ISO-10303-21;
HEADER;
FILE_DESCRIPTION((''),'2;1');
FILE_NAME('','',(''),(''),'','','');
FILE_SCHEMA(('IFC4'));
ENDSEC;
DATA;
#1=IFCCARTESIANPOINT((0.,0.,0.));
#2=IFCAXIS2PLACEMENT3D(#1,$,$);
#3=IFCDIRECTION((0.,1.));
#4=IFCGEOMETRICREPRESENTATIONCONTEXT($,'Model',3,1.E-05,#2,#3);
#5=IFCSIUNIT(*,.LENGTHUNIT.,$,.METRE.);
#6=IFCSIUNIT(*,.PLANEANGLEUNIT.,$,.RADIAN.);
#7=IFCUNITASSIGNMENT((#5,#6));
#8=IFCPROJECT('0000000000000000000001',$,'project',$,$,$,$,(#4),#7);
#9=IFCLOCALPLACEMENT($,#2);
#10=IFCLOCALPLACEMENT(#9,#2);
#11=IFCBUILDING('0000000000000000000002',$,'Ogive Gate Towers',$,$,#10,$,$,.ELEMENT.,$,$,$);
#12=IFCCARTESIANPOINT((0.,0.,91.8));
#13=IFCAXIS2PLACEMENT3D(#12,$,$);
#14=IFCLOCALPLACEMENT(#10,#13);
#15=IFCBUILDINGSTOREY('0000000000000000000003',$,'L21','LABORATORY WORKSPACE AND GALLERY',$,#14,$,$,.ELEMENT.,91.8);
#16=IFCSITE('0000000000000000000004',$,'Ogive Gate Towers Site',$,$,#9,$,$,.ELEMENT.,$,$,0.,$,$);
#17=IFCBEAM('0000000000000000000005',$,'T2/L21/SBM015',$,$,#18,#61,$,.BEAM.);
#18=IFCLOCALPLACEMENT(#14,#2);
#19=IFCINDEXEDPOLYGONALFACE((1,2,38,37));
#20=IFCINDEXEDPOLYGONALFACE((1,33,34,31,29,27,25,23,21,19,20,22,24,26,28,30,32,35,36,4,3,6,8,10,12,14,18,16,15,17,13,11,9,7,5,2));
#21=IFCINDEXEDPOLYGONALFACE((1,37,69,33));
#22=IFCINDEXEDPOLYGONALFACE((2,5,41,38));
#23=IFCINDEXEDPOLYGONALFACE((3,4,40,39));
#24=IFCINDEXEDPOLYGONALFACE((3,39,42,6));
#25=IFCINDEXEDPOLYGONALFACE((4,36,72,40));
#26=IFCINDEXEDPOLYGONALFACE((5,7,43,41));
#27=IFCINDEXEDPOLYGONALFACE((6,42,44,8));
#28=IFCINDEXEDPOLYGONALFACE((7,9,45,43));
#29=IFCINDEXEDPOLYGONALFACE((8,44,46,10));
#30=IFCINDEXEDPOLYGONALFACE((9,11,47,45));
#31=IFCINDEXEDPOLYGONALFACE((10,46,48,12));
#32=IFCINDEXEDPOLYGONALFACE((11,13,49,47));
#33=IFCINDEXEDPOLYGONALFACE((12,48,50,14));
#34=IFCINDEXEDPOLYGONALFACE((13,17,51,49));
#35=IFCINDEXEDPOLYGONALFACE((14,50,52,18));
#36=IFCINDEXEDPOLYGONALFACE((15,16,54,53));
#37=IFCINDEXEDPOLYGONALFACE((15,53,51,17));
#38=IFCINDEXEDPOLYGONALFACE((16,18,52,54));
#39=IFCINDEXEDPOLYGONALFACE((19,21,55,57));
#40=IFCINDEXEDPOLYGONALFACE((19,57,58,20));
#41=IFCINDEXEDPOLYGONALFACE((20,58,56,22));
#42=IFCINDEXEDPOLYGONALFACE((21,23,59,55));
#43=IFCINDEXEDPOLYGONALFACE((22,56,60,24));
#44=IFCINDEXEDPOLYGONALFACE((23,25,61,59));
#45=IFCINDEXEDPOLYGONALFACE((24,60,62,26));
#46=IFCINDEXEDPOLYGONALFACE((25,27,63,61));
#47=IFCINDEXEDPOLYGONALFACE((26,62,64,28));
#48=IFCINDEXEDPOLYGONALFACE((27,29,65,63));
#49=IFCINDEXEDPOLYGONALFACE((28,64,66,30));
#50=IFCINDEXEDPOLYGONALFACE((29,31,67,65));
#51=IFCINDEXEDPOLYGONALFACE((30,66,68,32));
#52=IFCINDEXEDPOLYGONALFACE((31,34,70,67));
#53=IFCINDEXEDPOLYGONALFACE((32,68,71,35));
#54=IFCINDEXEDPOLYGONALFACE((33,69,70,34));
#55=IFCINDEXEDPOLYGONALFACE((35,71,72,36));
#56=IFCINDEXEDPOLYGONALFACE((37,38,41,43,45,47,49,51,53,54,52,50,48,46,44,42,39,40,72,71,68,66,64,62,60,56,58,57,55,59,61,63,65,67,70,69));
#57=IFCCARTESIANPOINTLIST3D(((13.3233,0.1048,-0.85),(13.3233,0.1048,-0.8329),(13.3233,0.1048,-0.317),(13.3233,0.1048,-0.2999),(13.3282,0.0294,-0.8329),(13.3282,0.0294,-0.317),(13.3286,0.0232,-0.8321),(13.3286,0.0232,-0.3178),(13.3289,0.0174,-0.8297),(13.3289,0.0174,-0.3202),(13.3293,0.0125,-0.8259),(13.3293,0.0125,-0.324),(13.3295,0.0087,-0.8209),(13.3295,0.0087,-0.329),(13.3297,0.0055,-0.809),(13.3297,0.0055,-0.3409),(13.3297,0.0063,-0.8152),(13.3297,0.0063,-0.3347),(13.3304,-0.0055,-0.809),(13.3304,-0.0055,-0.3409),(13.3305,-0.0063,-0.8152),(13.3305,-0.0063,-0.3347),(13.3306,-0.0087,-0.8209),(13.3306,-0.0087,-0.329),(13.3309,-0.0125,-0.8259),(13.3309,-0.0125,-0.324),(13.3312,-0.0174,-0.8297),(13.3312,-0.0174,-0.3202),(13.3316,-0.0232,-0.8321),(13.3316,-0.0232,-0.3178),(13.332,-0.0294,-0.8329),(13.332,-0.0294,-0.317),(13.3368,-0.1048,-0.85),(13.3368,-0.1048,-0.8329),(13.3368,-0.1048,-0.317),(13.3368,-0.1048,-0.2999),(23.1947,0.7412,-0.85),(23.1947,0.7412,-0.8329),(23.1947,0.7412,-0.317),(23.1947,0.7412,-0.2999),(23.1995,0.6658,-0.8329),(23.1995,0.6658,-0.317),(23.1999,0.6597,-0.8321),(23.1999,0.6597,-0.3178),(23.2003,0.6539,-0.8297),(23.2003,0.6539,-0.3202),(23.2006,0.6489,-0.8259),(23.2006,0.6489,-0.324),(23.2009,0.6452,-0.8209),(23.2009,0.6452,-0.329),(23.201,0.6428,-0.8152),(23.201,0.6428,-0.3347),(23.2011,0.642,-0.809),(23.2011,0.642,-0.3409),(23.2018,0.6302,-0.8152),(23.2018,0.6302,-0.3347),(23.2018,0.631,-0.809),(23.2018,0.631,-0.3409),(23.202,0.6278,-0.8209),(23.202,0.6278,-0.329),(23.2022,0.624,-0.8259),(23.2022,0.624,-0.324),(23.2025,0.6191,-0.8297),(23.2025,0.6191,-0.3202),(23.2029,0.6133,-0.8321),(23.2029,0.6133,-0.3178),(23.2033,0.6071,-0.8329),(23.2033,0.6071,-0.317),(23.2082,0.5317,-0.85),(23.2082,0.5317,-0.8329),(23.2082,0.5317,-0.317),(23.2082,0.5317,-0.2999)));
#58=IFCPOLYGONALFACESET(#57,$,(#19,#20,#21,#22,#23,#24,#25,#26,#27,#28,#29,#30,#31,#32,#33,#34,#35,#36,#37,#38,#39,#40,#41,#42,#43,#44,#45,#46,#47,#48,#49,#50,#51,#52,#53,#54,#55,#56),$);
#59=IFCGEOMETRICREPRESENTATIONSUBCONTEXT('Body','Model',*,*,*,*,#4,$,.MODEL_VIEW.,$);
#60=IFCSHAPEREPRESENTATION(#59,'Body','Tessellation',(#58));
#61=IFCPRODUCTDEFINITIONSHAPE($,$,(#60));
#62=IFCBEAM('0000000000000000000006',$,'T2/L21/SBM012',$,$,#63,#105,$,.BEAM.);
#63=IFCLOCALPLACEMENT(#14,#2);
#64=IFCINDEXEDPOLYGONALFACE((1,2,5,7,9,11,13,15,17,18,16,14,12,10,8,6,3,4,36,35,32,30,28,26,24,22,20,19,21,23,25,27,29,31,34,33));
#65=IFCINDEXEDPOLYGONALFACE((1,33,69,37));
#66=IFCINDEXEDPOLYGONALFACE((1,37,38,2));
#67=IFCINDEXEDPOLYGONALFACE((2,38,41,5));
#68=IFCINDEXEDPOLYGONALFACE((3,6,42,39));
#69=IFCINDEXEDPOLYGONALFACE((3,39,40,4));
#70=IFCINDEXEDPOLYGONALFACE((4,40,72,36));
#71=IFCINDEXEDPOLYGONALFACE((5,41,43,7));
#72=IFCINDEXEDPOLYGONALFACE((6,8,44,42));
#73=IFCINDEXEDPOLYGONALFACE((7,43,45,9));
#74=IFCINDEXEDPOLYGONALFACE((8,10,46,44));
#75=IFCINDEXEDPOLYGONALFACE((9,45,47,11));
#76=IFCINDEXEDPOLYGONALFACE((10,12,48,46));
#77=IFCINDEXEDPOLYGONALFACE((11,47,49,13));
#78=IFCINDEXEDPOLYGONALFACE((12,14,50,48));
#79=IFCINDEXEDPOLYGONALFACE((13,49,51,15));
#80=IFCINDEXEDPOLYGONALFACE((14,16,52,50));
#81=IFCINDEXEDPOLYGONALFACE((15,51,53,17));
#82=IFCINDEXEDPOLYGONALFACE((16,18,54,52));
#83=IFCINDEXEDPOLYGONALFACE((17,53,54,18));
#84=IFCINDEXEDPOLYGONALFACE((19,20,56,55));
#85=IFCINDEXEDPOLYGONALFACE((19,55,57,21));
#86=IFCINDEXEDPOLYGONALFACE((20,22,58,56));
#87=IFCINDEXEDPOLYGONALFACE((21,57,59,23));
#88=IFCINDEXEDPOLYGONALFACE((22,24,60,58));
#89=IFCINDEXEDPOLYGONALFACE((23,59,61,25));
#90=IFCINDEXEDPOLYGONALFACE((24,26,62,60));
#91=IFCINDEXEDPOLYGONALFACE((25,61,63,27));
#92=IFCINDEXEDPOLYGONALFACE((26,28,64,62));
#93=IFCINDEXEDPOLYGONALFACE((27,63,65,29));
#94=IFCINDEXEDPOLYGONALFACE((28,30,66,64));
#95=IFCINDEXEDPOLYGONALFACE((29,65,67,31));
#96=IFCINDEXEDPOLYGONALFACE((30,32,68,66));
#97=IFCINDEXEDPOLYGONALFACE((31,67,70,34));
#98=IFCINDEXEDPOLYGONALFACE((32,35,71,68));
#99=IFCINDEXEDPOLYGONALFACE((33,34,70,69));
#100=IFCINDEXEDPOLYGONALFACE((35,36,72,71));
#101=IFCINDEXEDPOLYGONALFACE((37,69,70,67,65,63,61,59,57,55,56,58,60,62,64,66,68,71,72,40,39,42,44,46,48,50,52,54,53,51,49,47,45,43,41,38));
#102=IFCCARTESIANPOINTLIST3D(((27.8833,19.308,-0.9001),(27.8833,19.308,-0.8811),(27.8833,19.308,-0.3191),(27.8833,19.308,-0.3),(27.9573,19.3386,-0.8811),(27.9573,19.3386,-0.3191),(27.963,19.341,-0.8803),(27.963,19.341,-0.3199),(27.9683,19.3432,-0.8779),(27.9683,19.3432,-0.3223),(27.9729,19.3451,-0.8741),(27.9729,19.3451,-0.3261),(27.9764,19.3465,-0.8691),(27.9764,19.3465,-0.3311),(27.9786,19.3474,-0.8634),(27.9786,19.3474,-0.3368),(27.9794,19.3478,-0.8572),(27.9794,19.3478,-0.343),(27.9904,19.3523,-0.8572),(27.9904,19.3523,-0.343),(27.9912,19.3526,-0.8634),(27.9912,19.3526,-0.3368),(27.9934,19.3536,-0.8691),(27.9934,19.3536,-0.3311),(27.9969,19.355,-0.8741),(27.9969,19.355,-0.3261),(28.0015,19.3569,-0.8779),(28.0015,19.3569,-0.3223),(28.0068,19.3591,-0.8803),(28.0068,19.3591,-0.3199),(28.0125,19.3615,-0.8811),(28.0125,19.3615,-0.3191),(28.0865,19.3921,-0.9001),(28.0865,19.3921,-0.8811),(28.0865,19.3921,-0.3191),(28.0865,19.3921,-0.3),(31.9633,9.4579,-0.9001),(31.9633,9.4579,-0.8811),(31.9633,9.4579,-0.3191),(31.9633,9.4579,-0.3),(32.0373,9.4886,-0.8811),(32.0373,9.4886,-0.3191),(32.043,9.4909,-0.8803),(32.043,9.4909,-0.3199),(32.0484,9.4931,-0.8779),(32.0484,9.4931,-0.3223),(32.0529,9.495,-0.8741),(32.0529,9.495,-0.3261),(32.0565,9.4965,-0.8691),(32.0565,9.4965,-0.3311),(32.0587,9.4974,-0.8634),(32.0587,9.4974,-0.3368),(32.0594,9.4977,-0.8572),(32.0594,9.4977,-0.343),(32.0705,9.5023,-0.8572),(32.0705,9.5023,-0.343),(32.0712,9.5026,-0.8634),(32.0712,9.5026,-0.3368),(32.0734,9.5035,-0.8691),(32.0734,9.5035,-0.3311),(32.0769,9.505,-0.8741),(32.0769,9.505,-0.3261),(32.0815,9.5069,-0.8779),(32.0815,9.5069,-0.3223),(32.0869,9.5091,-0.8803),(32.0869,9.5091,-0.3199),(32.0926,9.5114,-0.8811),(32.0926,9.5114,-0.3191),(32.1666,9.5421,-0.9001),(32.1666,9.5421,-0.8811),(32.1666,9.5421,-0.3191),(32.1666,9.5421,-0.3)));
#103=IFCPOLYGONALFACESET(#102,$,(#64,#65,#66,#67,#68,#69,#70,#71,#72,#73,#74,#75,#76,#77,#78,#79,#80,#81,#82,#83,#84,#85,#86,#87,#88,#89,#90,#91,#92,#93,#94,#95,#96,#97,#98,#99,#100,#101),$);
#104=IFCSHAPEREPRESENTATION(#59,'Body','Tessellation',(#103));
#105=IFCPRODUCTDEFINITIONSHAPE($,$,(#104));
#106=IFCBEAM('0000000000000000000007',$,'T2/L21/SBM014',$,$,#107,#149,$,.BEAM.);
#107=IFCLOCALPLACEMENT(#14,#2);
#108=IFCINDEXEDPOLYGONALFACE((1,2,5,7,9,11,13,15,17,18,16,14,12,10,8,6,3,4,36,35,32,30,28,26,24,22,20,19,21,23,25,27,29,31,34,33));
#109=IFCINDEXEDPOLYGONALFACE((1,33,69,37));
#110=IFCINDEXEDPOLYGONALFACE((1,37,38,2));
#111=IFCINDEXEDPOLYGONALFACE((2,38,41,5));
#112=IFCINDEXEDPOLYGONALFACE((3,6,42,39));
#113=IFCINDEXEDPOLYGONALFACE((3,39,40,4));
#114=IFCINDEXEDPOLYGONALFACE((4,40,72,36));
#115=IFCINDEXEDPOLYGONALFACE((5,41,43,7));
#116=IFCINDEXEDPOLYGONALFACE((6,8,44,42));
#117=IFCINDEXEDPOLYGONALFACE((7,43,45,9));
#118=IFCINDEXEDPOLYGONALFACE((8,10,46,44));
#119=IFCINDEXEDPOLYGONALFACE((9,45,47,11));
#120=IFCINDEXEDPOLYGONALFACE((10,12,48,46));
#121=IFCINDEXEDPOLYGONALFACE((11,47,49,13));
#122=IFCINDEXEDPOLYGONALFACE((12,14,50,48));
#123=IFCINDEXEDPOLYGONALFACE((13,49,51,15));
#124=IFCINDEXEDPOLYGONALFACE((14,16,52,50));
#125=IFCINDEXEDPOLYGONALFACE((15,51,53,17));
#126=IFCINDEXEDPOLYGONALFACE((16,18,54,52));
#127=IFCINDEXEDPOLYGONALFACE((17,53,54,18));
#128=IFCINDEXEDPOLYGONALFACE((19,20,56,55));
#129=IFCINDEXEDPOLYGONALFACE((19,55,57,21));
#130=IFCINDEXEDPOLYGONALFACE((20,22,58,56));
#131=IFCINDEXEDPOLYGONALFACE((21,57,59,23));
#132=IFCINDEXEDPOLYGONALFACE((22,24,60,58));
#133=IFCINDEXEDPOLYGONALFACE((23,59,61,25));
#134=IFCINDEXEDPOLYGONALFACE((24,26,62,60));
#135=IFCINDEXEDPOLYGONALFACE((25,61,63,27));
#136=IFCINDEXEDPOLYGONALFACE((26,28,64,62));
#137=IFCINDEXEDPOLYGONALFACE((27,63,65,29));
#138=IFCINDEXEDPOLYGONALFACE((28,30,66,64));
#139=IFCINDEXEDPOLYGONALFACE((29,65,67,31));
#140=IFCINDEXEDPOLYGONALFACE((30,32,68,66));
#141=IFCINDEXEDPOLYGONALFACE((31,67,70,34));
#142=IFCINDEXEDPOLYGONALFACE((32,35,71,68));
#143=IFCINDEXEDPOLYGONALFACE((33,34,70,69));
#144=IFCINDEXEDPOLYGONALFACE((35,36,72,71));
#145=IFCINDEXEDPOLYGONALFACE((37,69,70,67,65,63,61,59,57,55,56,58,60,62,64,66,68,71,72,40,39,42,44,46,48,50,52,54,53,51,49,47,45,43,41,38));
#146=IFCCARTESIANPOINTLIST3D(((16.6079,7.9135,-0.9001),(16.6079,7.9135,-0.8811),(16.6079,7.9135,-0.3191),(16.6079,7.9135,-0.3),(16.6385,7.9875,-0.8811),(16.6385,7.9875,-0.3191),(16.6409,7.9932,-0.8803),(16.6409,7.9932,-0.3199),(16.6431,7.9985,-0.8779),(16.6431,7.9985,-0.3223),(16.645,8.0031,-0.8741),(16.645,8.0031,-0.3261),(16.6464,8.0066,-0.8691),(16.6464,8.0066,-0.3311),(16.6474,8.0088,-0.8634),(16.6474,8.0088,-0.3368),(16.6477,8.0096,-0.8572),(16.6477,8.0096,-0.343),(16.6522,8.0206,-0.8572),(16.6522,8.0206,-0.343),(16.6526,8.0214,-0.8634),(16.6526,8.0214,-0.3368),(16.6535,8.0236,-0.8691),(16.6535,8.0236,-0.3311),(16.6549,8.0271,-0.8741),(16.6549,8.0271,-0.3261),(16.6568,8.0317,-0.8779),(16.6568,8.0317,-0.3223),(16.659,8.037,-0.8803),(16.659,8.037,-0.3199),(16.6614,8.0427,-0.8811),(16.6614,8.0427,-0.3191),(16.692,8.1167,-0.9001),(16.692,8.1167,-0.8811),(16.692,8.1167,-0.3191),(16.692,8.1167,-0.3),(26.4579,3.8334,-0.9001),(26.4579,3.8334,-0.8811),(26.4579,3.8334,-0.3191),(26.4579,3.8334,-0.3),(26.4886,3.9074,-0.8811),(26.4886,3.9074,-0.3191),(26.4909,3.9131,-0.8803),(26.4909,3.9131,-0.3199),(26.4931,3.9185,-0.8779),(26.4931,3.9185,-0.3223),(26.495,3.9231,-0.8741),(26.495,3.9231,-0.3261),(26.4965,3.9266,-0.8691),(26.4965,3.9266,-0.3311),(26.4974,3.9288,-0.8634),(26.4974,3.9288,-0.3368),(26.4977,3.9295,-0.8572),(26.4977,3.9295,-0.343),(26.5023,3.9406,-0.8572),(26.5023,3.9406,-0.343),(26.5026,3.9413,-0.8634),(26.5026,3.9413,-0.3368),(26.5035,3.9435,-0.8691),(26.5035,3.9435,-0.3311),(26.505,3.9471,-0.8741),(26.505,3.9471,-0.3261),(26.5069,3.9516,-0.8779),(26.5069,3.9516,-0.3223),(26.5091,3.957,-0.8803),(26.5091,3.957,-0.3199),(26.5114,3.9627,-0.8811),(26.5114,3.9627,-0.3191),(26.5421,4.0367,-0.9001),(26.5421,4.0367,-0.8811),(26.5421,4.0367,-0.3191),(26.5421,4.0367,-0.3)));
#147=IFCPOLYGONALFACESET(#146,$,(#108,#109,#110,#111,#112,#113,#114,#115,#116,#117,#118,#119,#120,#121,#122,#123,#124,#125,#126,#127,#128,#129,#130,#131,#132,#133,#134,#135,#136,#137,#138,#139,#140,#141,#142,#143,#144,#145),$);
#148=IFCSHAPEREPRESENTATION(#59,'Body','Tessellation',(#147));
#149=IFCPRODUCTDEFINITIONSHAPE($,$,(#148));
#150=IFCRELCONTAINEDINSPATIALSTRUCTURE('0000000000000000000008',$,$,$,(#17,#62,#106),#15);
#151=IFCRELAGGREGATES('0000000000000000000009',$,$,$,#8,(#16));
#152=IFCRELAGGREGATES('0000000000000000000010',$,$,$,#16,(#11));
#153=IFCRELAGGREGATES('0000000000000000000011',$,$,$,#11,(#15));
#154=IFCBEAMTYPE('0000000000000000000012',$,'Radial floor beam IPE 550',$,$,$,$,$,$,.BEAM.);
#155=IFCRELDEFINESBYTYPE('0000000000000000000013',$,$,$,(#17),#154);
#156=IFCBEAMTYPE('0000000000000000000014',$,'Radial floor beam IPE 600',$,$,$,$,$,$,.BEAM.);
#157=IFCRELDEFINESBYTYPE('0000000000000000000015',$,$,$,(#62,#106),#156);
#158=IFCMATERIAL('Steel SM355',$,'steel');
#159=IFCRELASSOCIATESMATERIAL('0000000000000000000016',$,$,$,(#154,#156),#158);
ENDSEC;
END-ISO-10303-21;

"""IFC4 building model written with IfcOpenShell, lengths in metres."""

from ifc_helpers import new_model, si_unit, direction, frame, origin, origin_2d, place, context, subcontext, project, spatial, i_section, extrude, material, material_profile, profile_set, type_object, element, save


model = new_model("IFC4")

# Units and contexts
model_context = context("Model", 3, precision=1e-05, world=origin(), true_north=direction((0.0, 1.0)))
body_context = subcontext(model_context, "Body", "Model", "MODEL_VIEW")
ifc_project = project(units=[si_unit("LENGTHUNIT", "METRE"), si_unit("PLANEANGLEUNIT", "RADIAN")], contexts=[model_context])

# Site, building, storey
site_placement = place(None, origin())
site = spatial("IfcSite", under=ifc_project, at=site_placement, Name="Ogive Gate Towers Site", CompositionType="ELEMENT", RefElevation=0.0)
building_placement = place(site_placement, origin())
building = spatial("IfcBuilding", under=site, at=building_placement, Name="Ogive Gate Towers", CompositionType="ELEMENT")
storey_placement = place(building_placement, frame((0.0, 0.0, 91.8)))
storey = spatial("IfcBuildingStorey", under=building, at=storey_placement, Name="L21", Description="LABORATORY WORKSPACE AND GALLERY", CompositionType="ELEMENT", Elevation=91.8)

# Beams
ifc_material_1 = material(Name="Steel SM355", Category="steel")
ifc_material_profile_1 = material_profile(ifc_material_1, i_section(OverallWidth=0.21, OverallDepth=0.55, WebThickness=0.011, FlangeThickness=0.0171, FilletRadius=0.0239, at=origin_2d()), Name="IPE 550")
ifc_profile_set_1 = profile_set([ifc_material_profile_1], Name="Steel SM355")
beam_type_1 = type_object("IfcBeamType", Name="Radial floor beam IPE 550", PredefinedType="BEAM", material=ifc_profile_set_1)
beam_1_placement = place(storey_placement, frame((23.2014, 0.6365, -0.575), z_axis=(-0.997928, -0.064343, 0.0), x_axis=(0.064343, -0.997928, 0.0)))
element("IfcBeam", 1, at=beam_1_placement, inside=storey, type_object=beam_type_1, Name="T2/L21/SBM015", PredefinedType="BEAM", context=body_context, shape_type="SweptSolid", body=[
    extrude(i_section(OverallWidth=0.21, OverallDepth=0.55, WebThickness=0.011, FlangeThickness=0.0171, FilletRadius=0.0239, at=origin_2d()), origin(), (0.0, 0.0, 1.0), 9.8918),
])
ifc_material_profile_2 = material_profile(ifc_material_1, i_section(OverallWidth=0.22, OverallDepth=0.6001, WebThickness=0.012, FlangeThickness=0.019, FilletRadius=0.0239, at=origin_2d()), Name="IPE 600")
ifc_profile_set_2 = profile_set([ifc_material_profile_2], Name="Steel SM355")
beam_type_2 = type_object("IfcBeamType", Name="Radial floor beam IPE 600", PredefinedType="BEAM", material=ifc_profile_set_2)
for number, where, z_axis, x_axis, name in (
    (2, (32.0649, 9.5, -0.6001), (-0.382686, 0.923878, 0.0), (-0.923878, -0.382686, 0.0), "T2/L21/SBM012"),
    (3, (26.5, 3.9351, -0.6001), (-0.923878, 0.382686, 0.0), (-0.382686, -0.923878, 0.0), "T2/L21/SBM014"),
):
    element("IfcBeam", number, at=place(storey_placement, frame(where, z_axis=z_axis, x_axis=x_axis)), inside=storey, type_object=beam_type_2, Name=name, PredefinedType="BEAM", context=body_context, shape_type="SweptSolid", body=[
        extrude(i_section(OverallWidth=0.22, OverallDepth=0.6001, WebThickness=0.012, FlangeThickness=0.019, FilletRadius=0.0239, at=origin_2d()), origin(), (0.0, 0.0, 1.0), 10.6616),
    ])

save(model, "model.ifc")
